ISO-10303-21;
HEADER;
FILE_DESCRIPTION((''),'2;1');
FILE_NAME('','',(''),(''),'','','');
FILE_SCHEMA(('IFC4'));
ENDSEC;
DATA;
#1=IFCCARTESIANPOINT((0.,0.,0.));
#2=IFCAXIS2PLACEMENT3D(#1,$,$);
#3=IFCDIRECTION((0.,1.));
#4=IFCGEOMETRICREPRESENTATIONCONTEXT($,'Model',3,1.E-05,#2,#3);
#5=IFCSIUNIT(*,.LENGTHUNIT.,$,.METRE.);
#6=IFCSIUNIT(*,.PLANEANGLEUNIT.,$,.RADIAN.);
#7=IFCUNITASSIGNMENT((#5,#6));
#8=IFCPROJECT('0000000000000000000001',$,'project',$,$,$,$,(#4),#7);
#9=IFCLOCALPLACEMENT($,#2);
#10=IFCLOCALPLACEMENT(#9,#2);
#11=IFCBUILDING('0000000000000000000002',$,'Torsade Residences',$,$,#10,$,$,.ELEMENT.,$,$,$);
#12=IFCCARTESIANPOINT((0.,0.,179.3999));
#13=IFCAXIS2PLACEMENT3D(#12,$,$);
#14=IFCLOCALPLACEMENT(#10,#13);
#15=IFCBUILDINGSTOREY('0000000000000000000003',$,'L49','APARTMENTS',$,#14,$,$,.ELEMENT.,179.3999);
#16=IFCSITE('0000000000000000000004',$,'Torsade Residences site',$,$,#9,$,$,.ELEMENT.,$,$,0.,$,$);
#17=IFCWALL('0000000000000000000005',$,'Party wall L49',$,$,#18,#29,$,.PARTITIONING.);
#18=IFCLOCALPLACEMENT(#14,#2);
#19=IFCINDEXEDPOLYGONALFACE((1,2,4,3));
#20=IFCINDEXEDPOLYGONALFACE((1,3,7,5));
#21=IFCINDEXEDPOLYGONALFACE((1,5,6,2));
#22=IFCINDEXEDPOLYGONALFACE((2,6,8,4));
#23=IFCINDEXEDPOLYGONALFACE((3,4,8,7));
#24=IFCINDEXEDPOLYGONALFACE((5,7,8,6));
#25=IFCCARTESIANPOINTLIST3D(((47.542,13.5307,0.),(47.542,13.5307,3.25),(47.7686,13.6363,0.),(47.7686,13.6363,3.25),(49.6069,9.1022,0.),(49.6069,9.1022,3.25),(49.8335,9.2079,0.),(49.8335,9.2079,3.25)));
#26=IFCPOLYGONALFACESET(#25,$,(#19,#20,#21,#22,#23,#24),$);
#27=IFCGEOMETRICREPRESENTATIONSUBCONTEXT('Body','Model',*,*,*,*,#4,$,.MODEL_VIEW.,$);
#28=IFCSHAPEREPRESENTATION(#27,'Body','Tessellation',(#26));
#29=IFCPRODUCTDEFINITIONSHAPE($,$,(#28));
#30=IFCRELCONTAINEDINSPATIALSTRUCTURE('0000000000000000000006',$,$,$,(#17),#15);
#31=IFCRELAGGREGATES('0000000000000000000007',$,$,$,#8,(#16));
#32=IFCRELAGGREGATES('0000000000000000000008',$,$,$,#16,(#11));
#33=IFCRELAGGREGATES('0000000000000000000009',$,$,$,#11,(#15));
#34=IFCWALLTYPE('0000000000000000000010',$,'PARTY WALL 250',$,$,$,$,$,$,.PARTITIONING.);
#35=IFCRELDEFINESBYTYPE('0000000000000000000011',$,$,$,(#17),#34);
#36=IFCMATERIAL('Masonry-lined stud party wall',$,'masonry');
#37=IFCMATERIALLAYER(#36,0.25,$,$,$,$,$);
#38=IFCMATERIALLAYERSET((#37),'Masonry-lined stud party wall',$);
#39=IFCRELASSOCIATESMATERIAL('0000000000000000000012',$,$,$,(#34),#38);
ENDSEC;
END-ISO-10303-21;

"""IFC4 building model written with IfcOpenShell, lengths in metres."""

from ifc_helpers import new_model, si_unit, direction, frame, frame_2d, origin, place, context, subcontext, project, spatial, rectangle, extrude, material, layer, layer_set, type_object, element, save


model = new_model("IFC4")

# Units and contexts
model_context = context("Model", 3, precision=1e-05, world=origin(), true_north=direction((0.0, 1.0)))
body_context = subcontext(model_context, "Body", "Model", "MODEL_VIEW")
ifc_project = project(units=[si_unit("LENGTHUNIT", "METRE"), si_unit("PLANEANGLEUNIT", "RADIAN")], contexts=[model_context])

# Site, building, storey
site_placement = place(None, origin())
site = spatial("IfcSite", under=ifc_project, at=site_placement, Name="Torsade Residences site", CompositionType="ELEMENT", RefElevation=0.0)
building_placement = place(site_placement, origin())
building = spatial("IfcBuilding", under=site, at=building_placement, Name="Torsade Residences", CompositionType="ELEMENT")
storey_placement = place(building_placement, frame((0.0, 0.0, 179.3999)))
storey = spatial("IfcBuildingStorey", under=building, at=storey_placement, Name="L49", Description="APARTMENTS", CompositionType="ELEMENT", Elevation=179.3999)

# Wall
ifc_material_1 = material(Name="Masonry-lined stud party wall", Category="masonry")
ifc_layer_1 = layer(ifc_material_1, 0.25)
ifc_layer_set_1 = layer_set([ifc_layer_1], Name="Masonry-lined stud party wall")
wall_type_1 = type_object("IfcWallType", Name="PARTY WALL 250", PredefinedType="PARTITIONING", material=ifc_layer_set_1)
wall_1_placement = place(storey_placement, frame((49.7202, 9.155, 0.0), z_axis=(0.0, 0.0, 1.0), x_axis=(-0.422604, 0.906315, 0.0)))
element("IfcWall", 1, at=wall_1_placement, inside=storey, type_object=wall_type_1, Name="Party wall L49", PredefinedType="PARTITIONING", context=body_context, shape_type="SweptSolid", body=[
    extrude(rectangle(XDim=4.8862, YDim=0.25, at=frame_2d((2.4431, 0.0))), origin(), (0.0, 0.0, 1.0), 3.25),
])

save(model, "model.ifc")
